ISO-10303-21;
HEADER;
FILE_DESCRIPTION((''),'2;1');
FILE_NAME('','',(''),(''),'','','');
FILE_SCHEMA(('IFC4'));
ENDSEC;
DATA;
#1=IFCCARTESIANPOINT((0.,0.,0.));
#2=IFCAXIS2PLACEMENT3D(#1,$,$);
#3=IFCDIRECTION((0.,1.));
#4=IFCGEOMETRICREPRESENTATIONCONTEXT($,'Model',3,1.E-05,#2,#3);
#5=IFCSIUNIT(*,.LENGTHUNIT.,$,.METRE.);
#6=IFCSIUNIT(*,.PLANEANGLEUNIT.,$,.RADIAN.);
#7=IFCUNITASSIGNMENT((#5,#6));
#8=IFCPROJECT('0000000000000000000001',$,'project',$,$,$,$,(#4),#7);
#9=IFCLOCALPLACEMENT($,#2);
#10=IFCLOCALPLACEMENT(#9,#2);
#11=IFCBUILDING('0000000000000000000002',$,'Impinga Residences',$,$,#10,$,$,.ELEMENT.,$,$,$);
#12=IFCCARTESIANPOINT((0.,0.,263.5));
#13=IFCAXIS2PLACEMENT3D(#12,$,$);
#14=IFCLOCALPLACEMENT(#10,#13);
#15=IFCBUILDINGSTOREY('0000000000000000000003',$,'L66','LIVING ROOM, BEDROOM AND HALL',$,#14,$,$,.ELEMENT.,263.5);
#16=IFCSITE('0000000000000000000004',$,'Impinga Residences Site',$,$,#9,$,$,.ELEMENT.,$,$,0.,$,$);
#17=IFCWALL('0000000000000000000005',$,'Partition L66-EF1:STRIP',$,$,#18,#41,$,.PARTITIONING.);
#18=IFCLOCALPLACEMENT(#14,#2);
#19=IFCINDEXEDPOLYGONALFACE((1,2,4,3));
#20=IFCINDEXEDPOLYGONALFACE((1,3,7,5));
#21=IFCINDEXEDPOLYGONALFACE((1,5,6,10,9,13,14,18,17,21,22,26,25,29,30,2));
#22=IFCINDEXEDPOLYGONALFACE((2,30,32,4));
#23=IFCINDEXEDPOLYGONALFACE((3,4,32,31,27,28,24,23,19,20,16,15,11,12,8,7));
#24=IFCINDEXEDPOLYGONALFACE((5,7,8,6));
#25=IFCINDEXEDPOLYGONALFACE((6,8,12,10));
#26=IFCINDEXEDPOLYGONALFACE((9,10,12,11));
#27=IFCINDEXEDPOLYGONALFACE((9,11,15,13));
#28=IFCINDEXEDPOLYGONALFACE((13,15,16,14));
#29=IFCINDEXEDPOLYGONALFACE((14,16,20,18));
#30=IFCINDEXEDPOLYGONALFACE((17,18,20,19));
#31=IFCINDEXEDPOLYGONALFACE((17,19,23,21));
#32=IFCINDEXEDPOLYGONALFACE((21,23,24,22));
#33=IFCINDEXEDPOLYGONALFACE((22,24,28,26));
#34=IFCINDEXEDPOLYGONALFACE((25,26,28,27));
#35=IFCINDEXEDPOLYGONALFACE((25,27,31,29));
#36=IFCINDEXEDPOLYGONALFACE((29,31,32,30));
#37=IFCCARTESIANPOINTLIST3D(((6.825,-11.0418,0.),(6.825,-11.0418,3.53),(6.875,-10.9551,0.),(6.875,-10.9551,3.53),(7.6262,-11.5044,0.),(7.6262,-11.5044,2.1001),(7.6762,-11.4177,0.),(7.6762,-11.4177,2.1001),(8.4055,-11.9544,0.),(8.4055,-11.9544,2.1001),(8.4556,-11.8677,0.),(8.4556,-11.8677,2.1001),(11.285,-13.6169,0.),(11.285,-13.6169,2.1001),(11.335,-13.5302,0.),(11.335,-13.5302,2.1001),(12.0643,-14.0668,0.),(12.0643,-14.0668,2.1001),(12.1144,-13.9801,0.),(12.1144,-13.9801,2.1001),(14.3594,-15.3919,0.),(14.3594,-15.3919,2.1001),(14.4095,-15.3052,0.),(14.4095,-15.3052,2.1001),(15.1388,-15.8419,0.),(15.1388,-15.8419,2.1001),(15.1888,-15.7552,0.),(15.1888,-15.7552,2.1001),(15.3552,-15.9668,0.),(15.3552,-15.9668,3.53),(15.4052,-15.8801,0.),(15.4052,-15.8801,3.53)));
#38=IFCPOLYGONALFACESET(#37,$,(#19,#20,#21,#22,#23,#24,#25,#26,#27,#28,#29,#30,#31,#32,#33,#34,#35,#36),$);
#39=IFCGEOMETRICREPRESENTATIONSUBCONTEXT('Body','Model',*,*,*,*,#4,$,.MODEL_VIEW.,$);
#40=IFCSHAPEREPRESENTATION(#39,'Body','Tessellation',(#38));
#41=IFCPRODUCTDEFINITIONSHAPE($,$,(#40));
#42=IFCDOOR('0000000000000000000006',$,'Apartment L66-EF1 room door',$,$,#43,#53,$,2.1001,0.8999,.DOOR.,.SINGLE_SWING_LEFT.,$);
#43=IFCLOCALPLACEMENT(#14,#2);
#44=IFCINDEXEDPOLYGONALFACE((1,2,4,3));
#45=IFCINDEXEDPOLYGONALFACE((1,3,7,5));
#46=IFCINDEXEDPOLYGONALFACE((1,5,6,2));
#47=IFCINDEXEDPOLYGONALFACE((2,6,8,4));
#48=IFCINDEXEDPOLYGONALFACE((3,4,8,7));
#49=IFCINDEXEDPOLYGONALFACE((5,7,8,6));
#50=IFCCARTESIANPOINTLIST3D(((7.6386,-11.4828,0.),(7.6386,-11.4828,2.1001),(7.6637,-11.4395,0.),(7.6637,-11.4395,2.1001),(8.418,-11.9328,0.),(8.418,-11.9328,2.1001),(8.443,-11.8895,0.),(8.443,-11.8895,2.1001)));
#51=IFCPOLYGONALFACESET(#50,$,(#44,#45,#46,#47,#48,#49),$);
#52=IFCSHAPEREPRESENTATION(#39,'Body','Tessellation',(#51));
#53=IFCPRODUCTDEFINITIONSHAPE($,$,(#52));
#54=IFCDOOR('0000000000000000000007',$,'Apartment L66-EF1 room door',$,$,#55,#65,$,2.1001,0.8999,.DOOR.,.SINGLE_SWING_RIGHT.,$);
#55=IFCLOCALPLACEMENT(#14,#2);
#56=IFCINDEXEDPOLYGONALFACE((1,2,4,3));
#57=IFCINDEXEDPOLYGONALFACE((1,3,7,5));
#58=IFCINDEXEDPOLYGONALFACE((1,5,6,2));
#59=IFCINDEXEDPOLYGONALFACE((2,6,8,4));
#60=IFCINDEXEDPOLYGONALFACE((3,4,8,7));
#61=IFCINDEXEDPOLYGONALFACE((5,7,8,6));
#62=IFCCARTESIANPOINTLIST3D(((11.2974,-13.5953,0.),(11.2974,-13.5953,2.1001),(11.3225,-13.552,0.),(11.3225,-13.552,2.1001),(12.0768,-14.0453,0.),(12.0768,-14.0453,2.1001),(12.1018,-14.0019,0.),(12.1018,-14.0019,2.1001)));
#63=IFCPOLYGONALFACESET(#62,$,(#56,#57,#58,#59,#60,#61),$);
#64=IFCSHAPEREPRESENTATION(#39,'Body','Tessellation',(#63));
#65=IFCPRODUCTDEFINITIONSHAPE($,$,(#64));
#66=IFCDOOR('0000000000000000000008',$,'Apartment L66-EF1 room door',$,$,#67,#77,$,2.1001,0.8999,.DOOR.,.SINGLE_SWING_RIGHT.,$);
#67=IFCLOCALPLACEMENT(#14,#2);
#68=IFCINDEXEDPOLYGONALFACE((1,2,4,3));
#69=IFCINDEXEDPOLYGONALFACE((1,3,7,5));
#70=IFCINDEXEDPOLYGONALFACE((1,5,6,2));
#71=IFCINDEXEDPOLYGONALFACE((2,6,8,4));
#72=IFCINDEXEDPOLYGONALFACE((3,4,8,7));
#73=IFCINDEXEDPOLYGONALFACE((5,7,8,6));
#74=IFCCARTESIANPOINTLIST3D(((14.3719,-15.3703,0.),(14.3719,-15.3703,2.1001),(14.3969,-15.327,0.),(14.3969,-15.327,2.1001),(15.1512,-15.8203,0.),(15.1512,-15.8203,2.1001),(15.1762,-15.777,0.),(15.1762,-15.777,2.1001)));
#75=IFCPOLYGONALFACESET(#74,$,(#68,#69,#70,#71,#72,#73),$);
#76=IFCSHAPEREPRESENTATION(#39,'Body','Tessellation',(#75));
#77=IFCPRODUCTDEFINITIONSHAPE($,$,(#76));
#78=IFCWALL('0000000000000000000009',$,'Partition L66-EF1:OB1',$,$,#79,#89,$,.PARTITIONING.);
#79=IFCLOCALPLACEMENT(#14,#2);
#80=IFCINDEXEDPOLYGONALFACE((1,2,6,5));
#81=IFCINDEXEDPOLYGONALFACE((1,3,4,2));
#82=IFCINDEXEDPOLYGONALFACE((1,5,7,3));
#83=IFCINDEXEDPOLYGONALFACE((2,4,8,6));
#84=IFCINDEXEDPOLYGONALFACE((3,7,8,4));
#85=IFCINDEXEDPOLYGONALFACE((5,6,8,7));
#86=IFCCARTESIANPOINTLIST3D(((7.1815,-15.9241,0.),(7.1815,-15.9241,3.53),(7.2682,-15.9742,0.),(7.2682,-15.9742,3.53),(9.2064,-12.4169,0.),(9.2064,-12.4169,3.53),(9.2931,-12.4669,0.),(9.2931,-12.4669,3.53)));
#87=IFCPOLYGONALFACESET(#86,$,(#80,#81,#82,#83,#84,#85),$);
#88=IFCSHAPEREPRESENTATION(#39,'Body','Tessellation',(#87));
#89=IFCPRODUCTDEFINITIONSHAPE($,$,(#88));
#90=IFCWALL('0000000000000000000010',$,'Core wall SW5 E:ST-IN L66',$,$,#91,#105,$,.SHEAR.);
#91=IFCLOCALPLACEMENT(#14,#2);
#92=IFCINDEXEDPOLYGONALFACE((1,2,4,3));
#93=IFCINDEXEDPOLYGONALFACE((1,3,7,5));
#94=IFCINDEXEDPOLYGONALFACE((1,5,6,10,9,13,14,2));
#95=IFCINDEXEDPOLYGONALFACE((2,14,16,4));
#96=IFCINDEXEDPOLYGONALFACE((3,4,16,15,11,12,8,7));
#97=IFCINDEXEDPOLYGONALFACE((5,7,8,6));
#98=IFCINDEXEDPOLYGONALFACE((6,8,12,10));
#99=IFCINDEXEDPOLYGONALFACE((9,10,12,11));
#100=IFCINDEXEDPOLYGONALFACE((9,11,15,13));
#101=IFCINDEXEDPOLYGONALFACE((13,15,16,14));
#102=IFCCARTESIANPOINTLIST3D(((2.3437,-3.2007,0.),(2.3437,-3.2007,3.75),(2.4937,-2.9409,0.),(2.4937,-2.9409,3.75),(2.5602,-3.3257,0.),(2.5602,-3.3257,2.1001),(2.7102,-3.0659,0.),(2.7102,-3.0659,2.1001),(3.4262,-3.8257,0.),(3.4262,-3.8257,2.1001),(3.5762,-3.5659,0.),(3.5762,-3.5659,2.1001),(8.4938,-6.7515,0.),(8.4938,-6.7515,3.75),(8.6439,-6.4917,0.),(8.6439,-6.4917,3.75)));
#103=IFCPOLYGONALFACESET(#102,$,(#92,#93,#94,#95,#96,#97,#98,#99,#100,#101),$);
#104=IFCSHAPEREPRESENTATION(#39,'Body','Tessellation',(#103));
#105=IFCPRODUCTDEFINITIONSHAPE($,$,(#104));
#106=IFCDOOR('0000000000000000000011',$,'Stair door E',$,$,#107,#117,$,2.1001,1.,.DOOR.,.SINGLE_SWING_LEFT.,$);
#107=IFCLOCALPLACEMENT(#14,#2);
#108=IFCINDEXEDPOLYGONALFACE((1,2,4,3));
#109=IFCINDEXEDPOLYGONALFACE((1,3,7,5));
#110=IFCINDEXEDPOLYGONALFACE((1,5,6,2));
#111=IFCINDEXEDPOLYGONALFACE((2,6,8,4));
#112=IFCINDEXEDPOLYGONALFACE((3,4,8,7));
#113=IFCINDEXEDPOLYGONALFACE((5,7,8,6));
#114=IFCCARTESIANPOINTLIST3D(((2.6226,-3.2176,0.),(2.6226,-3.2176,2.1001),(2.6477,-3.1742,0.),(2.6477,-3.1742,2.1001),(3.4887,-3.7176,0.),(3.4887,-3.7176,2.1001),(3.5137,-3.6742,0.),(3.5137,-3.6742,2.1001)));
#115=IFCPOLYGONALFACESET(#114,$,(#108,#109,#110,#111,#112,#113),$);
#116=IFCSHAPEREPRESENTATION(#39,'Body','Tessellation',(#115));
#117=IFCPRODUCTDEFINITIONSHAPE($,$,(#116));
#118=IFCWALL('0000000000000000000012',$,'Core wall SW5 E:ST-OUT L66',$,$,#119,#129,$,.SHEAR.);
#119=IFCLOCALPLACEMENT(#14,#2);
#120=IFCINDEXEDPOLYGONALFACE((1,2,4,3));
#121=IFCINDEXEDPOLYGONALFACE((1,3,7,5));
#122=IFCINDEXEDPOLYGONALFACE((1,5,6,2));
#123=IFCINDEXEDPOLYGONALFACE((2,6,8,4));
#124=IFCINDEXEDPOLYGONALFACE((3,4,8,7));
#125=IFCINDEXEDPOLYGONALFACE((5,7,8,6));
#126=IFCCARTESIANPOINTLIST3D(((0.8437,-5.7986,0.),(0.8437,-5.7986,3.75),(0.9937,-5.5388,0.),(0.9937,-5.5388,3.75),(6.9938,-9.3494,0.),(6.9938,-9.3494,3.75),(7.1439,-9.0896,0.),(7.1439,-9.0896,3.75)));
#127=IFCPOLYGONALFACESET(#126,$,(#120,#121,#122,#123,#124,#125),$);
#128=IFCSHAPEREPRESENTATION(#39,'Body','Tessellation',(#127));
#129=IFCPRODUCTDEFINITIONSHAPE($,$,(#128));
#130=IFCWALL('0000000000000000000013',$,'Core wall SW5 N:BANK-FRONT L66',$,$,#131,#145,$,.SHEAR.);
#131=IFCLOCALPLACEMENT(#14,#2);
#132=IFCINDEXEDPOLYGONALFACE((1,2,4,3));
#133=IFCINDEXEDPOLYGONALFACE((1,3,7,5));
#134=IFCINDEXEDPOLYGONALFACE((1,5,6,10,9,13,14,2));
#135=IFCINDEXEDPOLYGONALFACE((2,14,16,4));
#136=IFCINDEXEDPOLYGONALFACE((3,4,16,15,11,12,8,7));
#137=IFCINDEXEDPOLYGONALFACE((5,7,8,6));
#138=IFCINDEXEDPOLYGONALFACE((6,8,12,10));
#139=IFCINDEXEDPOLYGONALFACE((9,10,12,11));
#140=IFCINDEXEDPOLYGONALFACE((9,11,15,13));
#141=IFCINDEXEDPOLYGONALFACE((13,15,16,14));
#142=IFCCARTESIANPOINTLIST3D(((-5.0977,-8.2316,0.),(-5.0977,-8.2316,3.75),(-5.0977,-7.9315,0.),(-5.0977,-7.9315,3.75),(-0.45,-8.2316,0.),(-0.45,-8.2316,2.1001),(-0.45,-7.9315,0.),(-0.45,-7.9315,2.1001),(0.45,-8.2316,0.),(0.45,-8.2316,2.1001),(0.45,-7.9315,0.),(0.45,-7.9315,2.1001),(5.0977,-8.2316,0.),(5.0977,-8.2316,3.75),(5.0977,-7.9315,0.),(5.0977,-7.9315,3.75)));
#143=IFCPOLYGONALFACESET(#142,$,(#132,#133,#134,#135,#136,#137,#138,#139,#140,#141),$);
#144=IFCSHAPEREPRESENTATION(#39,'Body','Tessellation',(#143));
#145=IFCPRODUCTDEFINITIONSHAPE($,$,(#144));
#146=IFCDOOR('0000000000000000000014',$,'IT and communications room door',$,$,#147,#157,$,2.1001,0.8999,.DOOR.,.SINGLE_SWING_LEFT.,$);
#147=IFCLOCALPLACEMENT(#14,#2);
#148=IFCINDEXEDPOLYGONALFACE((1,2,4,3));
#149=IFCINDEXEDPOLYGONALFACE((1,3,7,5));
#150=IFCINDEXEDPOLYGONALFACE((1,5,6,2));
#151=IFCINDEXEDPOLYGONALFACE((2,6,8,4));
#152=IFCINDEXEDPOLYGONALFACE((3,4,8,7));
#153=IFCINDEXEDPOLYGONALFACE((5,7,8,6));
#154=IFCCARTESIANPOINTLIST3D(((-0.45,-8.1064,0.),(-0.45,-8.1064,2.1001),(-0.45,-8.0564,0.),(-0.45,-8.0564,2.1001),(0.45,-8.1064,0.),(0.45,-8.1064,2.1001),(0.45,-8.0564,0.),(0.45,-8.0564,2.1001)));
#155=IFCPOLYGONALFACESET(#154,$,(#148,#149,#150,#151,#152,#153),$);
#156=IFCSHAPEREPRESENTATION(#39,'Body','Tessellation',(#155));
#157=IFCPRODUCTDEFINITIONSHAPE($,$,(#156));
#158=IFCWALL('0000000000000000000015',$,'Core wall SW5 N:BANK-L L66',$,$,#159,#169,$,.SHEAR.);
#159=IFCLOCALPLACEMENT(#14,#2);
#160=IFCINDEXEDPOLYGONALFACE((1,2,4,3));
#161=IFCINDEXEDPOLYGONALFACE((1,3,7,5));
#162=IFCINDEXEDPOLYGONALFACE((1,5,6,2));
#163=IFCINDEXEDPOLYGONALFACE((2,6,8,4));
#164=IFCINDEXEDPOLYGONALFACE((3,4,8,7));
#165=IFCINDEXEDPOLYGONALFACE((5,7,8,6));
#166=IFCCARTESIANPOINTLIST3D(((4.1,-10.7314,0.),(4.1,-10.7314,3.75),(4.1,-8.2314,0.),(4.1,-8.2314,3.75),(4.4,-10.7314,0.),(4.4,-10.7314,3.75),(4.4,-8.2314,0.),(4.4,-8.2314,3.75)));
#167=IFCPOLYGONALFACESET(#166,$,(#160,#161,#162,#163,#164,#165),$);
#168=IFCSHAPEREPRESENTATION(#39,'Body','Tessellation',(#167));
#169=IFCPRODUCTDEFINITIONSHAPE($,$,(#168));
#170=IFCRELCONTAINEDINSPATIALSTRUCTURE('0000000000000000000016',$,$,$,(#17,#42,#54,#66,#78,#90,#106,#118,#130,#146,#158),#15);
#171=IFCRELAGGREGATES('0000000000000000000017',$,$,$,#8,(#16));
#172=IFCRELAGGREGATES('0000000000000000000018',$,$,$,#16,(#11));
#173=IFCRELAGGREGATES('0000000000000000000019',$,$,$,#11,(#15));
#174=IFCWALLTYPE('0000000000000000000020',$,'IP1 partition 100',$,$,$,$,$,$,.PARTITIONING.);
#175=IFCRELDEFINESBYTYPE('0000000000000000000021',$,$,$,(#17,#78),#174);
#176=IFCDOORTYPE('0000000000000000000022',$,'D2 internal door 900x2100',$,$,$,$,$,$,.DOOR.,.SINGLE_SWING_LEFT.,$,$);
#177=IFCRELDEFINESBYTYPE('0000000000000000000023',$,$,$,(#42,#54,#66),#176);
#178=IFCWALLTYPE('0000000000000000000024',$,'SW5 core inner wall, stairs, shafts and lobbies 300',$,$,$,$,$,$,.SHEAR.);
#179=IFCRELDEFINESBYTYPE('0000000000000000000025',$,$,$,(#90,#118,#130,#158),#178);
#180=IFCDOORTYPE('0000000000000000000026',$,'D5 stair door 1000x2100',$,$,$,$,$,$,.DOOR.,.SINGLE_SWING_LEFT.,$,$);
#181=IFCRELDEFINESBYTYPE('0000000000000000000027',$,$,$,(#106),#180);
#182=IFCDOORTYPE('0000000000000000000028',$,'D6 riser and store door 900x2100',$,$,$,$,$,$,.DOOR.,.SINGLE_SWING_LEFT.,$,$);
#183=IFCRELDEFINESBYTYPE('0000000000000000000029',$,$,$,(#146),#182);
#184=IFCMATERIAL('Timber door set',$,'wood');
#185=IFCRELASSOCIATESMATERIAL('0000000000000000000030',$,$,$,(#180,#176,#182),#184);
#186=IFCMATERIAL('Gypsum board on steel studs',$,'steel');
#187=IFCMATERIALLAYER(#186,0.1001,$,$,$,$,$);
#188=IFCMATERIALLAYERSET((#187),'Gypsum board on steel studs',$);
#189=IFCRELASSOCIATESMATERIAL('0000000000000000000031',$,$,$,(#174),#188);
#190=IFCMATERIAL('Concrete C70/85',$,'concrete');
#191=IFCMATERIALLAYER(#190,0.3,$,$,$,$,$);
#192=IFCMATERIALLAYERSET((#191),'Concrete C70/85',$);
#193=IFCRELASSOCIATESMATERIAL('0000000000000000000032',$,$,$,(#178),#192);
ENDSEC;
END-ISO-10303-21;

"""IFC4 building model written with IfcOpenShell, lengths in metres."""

from ifc_helpers import new_model, si_unit, direction, frame, frame_2d, origin, place, context, subcontext, project, spatial, rectangle, extrude, material, layer, layer_set, type_object, element, fill, save


model = new_model("IFC4")

# Units and contexts
model_context = context("Model", 3, precision=1e-05, world=origin(), true_north=direction((0.0, 1.0)))
body_context = subcontext(model_context, "Body", "Model", "MODEL_VIEW")
ifc_project = project(units=[si_unit("LENGTHUNIT", "METRE"), si_unit("PLANEANGLEUNIT", "RADIAN")], contexts=[model_context])

# Site, building, storey
site_placement = place(None, origin())
site = spatial("IfcSite", under=ifc_project, at=site_placement, Name="Impinga Residences Site", CompositionType="ELEMENT", RefElevation=0.0)
building_placement = place(site_placement, origin())
building = spatial("IfcBuilding", under=site, at=building_placement, Name="Impinga Residences", CompositionType="ELEMENT")
storey_placement = place(building_placement, frame((0.0, 0.0, 263.5)))
storey = spatial("IfcBuildingStorey", under=building, at=storey_placement, Name="L66", Description="LIVING ROOM, BEDROOM AND HALL", CompositionType="ELEMENT", Elevation=263.5)

# Shared definitions
ifc_material_1 = material(Name="Timber door set", Category="wood")
door_type_1 = type_object("IfcDoorType", Name="D5 stair door 1000x2100", OperationType="SINGLE_SWING_LEFT", PredefinedType="DOOR", material=ifc_material_1)

# Shared definitions
ifc_material_2 = material(Name="Gypsum board on steel studs", Category="steel")
ifc_layer_1 = layer(ifc_material_2, 0.1001)
ifc_layer_set_1 = layer_set([ifc_layer_1], Name="Gypsum board on steel studs")
wall_type_1 = type_object("IfcWallType", Name="IP1 partition 100", PredefinedType="PARTITIONING", material=ifc_layer_set_1)

# Wall, openings, doors
wall_1_placement = place(storey_placement, frame((6.8501, -10.9985, 0.0), z_axis=(0.0, 0.0, 1.0), x_axis=(0.866021, -0.500007, 0.0)))
wall_1 = element("IfcWall", 1, at=wall_1_placement, inside=storey, type_object=wall_type_1, Name="Partition L66-EF1:STRIP", PredefinedType="PARTITIONING", context=body_context, shape_type="SweptSolid", body=[
    extrude(rectangle(XDim=9.8499, YDim=0.1001, at=frame_2d((4.9248, 0.0))), origin(), (0.0, 0.0, 1.0), 3.53),
])
opening_1_placement = place(wall_1_placement, frame((0.925, 0.0, 0.0)))
opening_1 = element("IfcOpeningElement", 2, at=opening_1_placement, cuts=wall_1, PredefinedType="OPENING", context=body_context, shape_type="SweptSolid", body=[
    extrude(rectangle(XDim=0.8999, YDim=2.1001, at=frame_2d((0.45, 1.05))), frame((0.0, 0.0601, 0.0), z_axis=(0.0, -1.0, 0.0), x_axis=(1.0, 0.0, 0.0)), (0.0, 0.0, 1.0), 0.1201),
])
opening_2_placement = place(wall_1_placement, frame((5.1499, 0.0, 0.0)))
opening_2 = element("IfcOpeningElement", 3, at=opening_2_placement, cuts=wall_1, PredefinedType="OPENING", context=body_context, shape_type="SweptSolid", body=[
    extrude(rectangle(XDim=0.8999, YDim=2.1001, at=frame_2d((0.45, 1.05))), frame((0.0, 0.0601, 0.0), z_axis=(0.0, -1.0, 0.0), x_axis=(1.0, 0.0, 0.0)), (0.0, 0.0, 1.0), 0.1201),
])
opening_3_placement = place(wall_1_placement, frame((8.7, 0.0, 0.0)))
opening_3 = element("IfcOpeningElement", 4, at=opening_3_placement, cuts=wall_1, PredefinedType="OPENING", context=body_context, shape_type="SweptSolid", body=[
    extrude(rectangle(XDim=0.8999, YDim=2.1001, at=frame_2d((0.45, 1.05))), frame((0.0, 0.0601, 0.0), z_axis=(0.0, -1.0, 0.0), x_axis=(1.0, 0.0, 0.0)), (0.0, 0.0, 1.0), 0.1201),
])
door_type_2 = type_object("IfcDoorType", Name="D2 internal door 900x2100", OperationType="SINGLE_SWING_LEFT", PredefinedType="DOOR", material=ifc_material_1)
door_1_placement = place(opening_1_placement, origin())
door_1 = element("IfcDoor", 5, at=door_1_placement, inside=storey, type_object=door_type_2, Name="Apartment L66-EF1 room door", OperationType="SINGLE_SWING_LEFT", OverallHeight=2.1001, OverallWidth=0.8999, PredefinedType="DOOR", context=body_context, shape_type="SweptSolid", body=[
    extrude(rectangle(XDim=0.8999, YDim=2.1001, at=frame_2d((0.45, 1.05))), frame((0.0, 0.0249, 0.0), z_axis=(0.0, -1.0, 0.0), x_axis=(1.0, 0.0, 0.0)), (0.0, 0.0, 1.0), 0.05),
])
fill(opening_1, door_1)
door_2_placement = place(opening_2_placement, origin())
door_2 = element("IfcDoor", 6, at=door_2_placement, inside=storey, type_object=door_type_2, Name="Apartment L66-EF1 room door", OperationType="SINGLE_SWING_RIGHT", OverallHeight=2.1001, OverallWidth=0.8999, PredefinedType="DOOR", context=body_context, shape_type="SweptSolid", body=[
    extrude(rectangle(XDim=0.8999, YDim=2.1001, at=frame_2d((0.45, 1.05))), frame((0.0, 0.0249, 0.0), z_axis=(0.0, -1.0, 0.0), x_axis=(1.0, 0.0, 0.0)), (0.0, 0.0, 1.0), 0.05),
])
fill(opening_2, door_2)
door_3_placement = place(opening_3_placement, origin())
door_3 = element("IfcDoor", 7, at=door_3_placement, inside=storey, type_object=door_type_2, Name="Apartment L66-EF1 room door", OperationType="SINGLE_SWING_RIGHT", OverallHeight=2.1001, OverallWidth=0.8999, PredefinedType="DOOR", context=body_context, shape_type="SweptSolid", body=[
    extrude(rectangle(XDim=0.8999, YDim=2.1001, at=frame_2d((0.45, 1.05))), frame((0.0, 0.0249, 0.0), z_axis=(0.0, -1.0, 0.0), x_axis=(1.0, 0.0, 0.0)), (0.0, 0.0, 1.0), 0.05),
])
fill(opening_3, door_3)

# Wall
wall_2_placement = place(storey_placement, frame((9.2498, -12.4419, 0.0), z_axis=(0.0, 0.0, 1.0), x_axis=(-0.49999, -0.866031, 0.0)))
element("IfcWall", 8, at=wall_2_placement, inside=storey, type_object=wall_type_1, Name="Partition L66-EF1:OB1", PredefinedType="PARTITIONING", context=body_context, shape_type="SweptSolid", body=[
    extrude(rectangle(XDim=4.0498, YDim=0.1001, at=frame_2d((2.0249, 0.0))), origin(), (0.0, 0.0, 1.0), 3.53),
])

# Wall, opening, door
ifc_material_3 = material(Name="Concrete C70/85", Category="concrete")
ifc_layer_2 = layer(ifc_material_3, 0.3)
ifc_layer_set_2 = layer_set([ifc_layer_2], Name="Concrete C70/85")
wall_type_2 = type_object("IfcWallType", Name="SW5 core inner wall, stairs, shafts and lobbies 300", PredefinedType="SHEAR", material=ifc_layer_set_2)
wall_3_placement = place(storey_placement, frame((2.4187, -3.0708, 0.0), z_axis=(0.0, 0.0, 1.0), x_axis=(0.866026, -0.499999, 0.0)))
wall_3 = element("IfcWall", 9, at=wall_3_placement, inside=storey, type_object=wall_type_2, Name="Core wall SW5 E:ST-IN L66", PredefinedType="SHEAR", context=body_context, shape_type="SweptSolid", body=[
    extrude(rectangle(XDim=7.1016, YDim=0.3, at=frame_2d((3.5508, 0.0))), origin(), (0.0, 0.0, 1.0), 3.75),
])
opening_4_placement = place(wall_3_placement, frame((0.25, 0.0, 0.0)))
opening_4 = element("IfcOpeningElement", 10, at=opening_4_placement, cuts=wall_3, PredefinedType="OPENING", context=body_context, shape_type="SweptSolid", body=[
    extrude(rectangle(XDim=1.0, YDim=2.1001, at=frame_2d((0.5, 1.05))), frame((0.0, 0.1599, 0.0), z_axis=(0.0, -1.0, 0.0), x_axis=(1.0, 0.0, 0.0)), (0.0, 0.0, 1.0), 0.3201),
])
door_4_placement = place(opening_4_placement, origin())
door_4 = element("IfcDoor", 11, at=door_4_placement, inside=storey, type_object=door_type_1, Name="Stair door E", OperationType="SINGLE_SWING_LEFT", OverallHeight=2.1001, OverallWidth=1.0, PredefinedType="DOOR", context=body_context, shape_type="SweptSolid", body=[
    extrude(rectangle(XDim=1.0, YDim=2.1001, at=frame_2d((0.5, 1.05))), frame((0.0, 0.0249, 0.0), z_axis=(0.0, -1.0, 0.0), x_axis=(1.0, 0.0, 0.0)), (0.0, 0.0, 1.0), 0.05),
])
fill(opening_4, door_4)

# Wall
wall_4_placement = place(storey_placement, frame((0.9187, -5.6687, 0.0), z_axis=(0.0, 0.0, 1.0), x_axis=(0.866026, -0.499999, 0.0)))
element("IfcWall", 12, at=wall_4_placement, inside=storey, type_object=wall_type_2, Name="Core wall SW5 E:ST-OUT L66", PredefinedType="SHEAR", context=body_context, shape_type="SweptSolid", body=[
    extrude(rectangle(XDim=7.1016, YDim=0.3, at=frame_2d((3.5508, 0.0))), origin(), (0.0, 0.0, 1.0), 3.75),
])

# Wall, opening, door
wall_5_placement = place(storey_placement, frame((5.0977, -8.0815, 0.0), z_axis=(0.0, 0.0, 1.0), x_axis=(-1.0, 0.0, 0.0)))
wall_5 = element("IfcWall", 13, at=wall_5_placement, inside=storey, type_object=wall_type_2, Name="Core wall SW5 N:BANK-FRONT L66", PredefinedType="SHEAR", context=body_context, shape_type="SweptSolid", body=[
    extrude(rectangle(XDim=10.1953, YDim=0.3, at=frame_2d((5.0977, 0.0))), origin(), (0.0, 0.0, 1.0), 3.75),
])
opening_5_placement = place(wall_5_placement, frame((4.6477, 0.0, 0.0)))
opening_5 = element("IfcOpeningElement", 14, at=opening_5_placement, cuts=wall_5, PredefinedType="OPENING", context=body_context, shape_type="SweptSolid", body=[
    extrude(rectangle(XDim=0.8999, YDim=2.1001, at=frame_2d((0.45, 1.05))), frame((0.0, 0.1599, 0.0), z_axis=(0.0, -1.0, 0.0), x_axis=(1.0, 0.0, 0.0)), (0.0, 0.0, 1.0), 0.3201),
])
door_type_3 = type_object("IfcDoorType", Name="D6 riser and store door 900x2100", OperationType="SINGLE_SWING_LEFT", PredefinedType="DOOR", material=ifc_material_1)
door_5_placement = place(opening_5_placement, origin())
door_5 = element("IfcDoor", 15, at=door_5_placement, inside=storey, type_object=door_type_3, Name="IT and communications room door", OperationType="SINGLE_SWING_LEFT", OverallHeight=2.1001, OverallWidth=0.8999, PredefinedType="DOOR", context=body_context, shape_type="SweptSolid", body=[
    extrude(rectangle(XDim=0.8999, YDim=2.1001, at=frame_2d((0.45, 1.05))), frame((0.0, 0.0249, 0.0), z_axis=(0.0, -1.0, 0.0), x_axis=(1.0, 0.0, 0.0)), (0.0, 0.0, 1.0), 0.05),
])
fill(opening_5, door_5)

# Wall
wall_6_placement = place(storey_placement, frame((4.25, -8.2314, 0.0), z_axis=(0.0, 0.0, 1.0), x_axis=(0.0, -1.0, 0.0)))
element("IfcWall", 16, at=wall_6_placement, inside=storey, type_object=wall_type_2, Name="Core wall SW5 N:BANK-L L66", PredefinedType="SHEAR", context=body_context, shape_type="SweptSolid", body=[
    extrude(rectangle(XDim=2.5, YDim=0.3, at=frame_2d((1.25, 0.0))), origin(), (0.0, 0.0, 1.0), 3.75),
])

save(model, "model.ifc")
